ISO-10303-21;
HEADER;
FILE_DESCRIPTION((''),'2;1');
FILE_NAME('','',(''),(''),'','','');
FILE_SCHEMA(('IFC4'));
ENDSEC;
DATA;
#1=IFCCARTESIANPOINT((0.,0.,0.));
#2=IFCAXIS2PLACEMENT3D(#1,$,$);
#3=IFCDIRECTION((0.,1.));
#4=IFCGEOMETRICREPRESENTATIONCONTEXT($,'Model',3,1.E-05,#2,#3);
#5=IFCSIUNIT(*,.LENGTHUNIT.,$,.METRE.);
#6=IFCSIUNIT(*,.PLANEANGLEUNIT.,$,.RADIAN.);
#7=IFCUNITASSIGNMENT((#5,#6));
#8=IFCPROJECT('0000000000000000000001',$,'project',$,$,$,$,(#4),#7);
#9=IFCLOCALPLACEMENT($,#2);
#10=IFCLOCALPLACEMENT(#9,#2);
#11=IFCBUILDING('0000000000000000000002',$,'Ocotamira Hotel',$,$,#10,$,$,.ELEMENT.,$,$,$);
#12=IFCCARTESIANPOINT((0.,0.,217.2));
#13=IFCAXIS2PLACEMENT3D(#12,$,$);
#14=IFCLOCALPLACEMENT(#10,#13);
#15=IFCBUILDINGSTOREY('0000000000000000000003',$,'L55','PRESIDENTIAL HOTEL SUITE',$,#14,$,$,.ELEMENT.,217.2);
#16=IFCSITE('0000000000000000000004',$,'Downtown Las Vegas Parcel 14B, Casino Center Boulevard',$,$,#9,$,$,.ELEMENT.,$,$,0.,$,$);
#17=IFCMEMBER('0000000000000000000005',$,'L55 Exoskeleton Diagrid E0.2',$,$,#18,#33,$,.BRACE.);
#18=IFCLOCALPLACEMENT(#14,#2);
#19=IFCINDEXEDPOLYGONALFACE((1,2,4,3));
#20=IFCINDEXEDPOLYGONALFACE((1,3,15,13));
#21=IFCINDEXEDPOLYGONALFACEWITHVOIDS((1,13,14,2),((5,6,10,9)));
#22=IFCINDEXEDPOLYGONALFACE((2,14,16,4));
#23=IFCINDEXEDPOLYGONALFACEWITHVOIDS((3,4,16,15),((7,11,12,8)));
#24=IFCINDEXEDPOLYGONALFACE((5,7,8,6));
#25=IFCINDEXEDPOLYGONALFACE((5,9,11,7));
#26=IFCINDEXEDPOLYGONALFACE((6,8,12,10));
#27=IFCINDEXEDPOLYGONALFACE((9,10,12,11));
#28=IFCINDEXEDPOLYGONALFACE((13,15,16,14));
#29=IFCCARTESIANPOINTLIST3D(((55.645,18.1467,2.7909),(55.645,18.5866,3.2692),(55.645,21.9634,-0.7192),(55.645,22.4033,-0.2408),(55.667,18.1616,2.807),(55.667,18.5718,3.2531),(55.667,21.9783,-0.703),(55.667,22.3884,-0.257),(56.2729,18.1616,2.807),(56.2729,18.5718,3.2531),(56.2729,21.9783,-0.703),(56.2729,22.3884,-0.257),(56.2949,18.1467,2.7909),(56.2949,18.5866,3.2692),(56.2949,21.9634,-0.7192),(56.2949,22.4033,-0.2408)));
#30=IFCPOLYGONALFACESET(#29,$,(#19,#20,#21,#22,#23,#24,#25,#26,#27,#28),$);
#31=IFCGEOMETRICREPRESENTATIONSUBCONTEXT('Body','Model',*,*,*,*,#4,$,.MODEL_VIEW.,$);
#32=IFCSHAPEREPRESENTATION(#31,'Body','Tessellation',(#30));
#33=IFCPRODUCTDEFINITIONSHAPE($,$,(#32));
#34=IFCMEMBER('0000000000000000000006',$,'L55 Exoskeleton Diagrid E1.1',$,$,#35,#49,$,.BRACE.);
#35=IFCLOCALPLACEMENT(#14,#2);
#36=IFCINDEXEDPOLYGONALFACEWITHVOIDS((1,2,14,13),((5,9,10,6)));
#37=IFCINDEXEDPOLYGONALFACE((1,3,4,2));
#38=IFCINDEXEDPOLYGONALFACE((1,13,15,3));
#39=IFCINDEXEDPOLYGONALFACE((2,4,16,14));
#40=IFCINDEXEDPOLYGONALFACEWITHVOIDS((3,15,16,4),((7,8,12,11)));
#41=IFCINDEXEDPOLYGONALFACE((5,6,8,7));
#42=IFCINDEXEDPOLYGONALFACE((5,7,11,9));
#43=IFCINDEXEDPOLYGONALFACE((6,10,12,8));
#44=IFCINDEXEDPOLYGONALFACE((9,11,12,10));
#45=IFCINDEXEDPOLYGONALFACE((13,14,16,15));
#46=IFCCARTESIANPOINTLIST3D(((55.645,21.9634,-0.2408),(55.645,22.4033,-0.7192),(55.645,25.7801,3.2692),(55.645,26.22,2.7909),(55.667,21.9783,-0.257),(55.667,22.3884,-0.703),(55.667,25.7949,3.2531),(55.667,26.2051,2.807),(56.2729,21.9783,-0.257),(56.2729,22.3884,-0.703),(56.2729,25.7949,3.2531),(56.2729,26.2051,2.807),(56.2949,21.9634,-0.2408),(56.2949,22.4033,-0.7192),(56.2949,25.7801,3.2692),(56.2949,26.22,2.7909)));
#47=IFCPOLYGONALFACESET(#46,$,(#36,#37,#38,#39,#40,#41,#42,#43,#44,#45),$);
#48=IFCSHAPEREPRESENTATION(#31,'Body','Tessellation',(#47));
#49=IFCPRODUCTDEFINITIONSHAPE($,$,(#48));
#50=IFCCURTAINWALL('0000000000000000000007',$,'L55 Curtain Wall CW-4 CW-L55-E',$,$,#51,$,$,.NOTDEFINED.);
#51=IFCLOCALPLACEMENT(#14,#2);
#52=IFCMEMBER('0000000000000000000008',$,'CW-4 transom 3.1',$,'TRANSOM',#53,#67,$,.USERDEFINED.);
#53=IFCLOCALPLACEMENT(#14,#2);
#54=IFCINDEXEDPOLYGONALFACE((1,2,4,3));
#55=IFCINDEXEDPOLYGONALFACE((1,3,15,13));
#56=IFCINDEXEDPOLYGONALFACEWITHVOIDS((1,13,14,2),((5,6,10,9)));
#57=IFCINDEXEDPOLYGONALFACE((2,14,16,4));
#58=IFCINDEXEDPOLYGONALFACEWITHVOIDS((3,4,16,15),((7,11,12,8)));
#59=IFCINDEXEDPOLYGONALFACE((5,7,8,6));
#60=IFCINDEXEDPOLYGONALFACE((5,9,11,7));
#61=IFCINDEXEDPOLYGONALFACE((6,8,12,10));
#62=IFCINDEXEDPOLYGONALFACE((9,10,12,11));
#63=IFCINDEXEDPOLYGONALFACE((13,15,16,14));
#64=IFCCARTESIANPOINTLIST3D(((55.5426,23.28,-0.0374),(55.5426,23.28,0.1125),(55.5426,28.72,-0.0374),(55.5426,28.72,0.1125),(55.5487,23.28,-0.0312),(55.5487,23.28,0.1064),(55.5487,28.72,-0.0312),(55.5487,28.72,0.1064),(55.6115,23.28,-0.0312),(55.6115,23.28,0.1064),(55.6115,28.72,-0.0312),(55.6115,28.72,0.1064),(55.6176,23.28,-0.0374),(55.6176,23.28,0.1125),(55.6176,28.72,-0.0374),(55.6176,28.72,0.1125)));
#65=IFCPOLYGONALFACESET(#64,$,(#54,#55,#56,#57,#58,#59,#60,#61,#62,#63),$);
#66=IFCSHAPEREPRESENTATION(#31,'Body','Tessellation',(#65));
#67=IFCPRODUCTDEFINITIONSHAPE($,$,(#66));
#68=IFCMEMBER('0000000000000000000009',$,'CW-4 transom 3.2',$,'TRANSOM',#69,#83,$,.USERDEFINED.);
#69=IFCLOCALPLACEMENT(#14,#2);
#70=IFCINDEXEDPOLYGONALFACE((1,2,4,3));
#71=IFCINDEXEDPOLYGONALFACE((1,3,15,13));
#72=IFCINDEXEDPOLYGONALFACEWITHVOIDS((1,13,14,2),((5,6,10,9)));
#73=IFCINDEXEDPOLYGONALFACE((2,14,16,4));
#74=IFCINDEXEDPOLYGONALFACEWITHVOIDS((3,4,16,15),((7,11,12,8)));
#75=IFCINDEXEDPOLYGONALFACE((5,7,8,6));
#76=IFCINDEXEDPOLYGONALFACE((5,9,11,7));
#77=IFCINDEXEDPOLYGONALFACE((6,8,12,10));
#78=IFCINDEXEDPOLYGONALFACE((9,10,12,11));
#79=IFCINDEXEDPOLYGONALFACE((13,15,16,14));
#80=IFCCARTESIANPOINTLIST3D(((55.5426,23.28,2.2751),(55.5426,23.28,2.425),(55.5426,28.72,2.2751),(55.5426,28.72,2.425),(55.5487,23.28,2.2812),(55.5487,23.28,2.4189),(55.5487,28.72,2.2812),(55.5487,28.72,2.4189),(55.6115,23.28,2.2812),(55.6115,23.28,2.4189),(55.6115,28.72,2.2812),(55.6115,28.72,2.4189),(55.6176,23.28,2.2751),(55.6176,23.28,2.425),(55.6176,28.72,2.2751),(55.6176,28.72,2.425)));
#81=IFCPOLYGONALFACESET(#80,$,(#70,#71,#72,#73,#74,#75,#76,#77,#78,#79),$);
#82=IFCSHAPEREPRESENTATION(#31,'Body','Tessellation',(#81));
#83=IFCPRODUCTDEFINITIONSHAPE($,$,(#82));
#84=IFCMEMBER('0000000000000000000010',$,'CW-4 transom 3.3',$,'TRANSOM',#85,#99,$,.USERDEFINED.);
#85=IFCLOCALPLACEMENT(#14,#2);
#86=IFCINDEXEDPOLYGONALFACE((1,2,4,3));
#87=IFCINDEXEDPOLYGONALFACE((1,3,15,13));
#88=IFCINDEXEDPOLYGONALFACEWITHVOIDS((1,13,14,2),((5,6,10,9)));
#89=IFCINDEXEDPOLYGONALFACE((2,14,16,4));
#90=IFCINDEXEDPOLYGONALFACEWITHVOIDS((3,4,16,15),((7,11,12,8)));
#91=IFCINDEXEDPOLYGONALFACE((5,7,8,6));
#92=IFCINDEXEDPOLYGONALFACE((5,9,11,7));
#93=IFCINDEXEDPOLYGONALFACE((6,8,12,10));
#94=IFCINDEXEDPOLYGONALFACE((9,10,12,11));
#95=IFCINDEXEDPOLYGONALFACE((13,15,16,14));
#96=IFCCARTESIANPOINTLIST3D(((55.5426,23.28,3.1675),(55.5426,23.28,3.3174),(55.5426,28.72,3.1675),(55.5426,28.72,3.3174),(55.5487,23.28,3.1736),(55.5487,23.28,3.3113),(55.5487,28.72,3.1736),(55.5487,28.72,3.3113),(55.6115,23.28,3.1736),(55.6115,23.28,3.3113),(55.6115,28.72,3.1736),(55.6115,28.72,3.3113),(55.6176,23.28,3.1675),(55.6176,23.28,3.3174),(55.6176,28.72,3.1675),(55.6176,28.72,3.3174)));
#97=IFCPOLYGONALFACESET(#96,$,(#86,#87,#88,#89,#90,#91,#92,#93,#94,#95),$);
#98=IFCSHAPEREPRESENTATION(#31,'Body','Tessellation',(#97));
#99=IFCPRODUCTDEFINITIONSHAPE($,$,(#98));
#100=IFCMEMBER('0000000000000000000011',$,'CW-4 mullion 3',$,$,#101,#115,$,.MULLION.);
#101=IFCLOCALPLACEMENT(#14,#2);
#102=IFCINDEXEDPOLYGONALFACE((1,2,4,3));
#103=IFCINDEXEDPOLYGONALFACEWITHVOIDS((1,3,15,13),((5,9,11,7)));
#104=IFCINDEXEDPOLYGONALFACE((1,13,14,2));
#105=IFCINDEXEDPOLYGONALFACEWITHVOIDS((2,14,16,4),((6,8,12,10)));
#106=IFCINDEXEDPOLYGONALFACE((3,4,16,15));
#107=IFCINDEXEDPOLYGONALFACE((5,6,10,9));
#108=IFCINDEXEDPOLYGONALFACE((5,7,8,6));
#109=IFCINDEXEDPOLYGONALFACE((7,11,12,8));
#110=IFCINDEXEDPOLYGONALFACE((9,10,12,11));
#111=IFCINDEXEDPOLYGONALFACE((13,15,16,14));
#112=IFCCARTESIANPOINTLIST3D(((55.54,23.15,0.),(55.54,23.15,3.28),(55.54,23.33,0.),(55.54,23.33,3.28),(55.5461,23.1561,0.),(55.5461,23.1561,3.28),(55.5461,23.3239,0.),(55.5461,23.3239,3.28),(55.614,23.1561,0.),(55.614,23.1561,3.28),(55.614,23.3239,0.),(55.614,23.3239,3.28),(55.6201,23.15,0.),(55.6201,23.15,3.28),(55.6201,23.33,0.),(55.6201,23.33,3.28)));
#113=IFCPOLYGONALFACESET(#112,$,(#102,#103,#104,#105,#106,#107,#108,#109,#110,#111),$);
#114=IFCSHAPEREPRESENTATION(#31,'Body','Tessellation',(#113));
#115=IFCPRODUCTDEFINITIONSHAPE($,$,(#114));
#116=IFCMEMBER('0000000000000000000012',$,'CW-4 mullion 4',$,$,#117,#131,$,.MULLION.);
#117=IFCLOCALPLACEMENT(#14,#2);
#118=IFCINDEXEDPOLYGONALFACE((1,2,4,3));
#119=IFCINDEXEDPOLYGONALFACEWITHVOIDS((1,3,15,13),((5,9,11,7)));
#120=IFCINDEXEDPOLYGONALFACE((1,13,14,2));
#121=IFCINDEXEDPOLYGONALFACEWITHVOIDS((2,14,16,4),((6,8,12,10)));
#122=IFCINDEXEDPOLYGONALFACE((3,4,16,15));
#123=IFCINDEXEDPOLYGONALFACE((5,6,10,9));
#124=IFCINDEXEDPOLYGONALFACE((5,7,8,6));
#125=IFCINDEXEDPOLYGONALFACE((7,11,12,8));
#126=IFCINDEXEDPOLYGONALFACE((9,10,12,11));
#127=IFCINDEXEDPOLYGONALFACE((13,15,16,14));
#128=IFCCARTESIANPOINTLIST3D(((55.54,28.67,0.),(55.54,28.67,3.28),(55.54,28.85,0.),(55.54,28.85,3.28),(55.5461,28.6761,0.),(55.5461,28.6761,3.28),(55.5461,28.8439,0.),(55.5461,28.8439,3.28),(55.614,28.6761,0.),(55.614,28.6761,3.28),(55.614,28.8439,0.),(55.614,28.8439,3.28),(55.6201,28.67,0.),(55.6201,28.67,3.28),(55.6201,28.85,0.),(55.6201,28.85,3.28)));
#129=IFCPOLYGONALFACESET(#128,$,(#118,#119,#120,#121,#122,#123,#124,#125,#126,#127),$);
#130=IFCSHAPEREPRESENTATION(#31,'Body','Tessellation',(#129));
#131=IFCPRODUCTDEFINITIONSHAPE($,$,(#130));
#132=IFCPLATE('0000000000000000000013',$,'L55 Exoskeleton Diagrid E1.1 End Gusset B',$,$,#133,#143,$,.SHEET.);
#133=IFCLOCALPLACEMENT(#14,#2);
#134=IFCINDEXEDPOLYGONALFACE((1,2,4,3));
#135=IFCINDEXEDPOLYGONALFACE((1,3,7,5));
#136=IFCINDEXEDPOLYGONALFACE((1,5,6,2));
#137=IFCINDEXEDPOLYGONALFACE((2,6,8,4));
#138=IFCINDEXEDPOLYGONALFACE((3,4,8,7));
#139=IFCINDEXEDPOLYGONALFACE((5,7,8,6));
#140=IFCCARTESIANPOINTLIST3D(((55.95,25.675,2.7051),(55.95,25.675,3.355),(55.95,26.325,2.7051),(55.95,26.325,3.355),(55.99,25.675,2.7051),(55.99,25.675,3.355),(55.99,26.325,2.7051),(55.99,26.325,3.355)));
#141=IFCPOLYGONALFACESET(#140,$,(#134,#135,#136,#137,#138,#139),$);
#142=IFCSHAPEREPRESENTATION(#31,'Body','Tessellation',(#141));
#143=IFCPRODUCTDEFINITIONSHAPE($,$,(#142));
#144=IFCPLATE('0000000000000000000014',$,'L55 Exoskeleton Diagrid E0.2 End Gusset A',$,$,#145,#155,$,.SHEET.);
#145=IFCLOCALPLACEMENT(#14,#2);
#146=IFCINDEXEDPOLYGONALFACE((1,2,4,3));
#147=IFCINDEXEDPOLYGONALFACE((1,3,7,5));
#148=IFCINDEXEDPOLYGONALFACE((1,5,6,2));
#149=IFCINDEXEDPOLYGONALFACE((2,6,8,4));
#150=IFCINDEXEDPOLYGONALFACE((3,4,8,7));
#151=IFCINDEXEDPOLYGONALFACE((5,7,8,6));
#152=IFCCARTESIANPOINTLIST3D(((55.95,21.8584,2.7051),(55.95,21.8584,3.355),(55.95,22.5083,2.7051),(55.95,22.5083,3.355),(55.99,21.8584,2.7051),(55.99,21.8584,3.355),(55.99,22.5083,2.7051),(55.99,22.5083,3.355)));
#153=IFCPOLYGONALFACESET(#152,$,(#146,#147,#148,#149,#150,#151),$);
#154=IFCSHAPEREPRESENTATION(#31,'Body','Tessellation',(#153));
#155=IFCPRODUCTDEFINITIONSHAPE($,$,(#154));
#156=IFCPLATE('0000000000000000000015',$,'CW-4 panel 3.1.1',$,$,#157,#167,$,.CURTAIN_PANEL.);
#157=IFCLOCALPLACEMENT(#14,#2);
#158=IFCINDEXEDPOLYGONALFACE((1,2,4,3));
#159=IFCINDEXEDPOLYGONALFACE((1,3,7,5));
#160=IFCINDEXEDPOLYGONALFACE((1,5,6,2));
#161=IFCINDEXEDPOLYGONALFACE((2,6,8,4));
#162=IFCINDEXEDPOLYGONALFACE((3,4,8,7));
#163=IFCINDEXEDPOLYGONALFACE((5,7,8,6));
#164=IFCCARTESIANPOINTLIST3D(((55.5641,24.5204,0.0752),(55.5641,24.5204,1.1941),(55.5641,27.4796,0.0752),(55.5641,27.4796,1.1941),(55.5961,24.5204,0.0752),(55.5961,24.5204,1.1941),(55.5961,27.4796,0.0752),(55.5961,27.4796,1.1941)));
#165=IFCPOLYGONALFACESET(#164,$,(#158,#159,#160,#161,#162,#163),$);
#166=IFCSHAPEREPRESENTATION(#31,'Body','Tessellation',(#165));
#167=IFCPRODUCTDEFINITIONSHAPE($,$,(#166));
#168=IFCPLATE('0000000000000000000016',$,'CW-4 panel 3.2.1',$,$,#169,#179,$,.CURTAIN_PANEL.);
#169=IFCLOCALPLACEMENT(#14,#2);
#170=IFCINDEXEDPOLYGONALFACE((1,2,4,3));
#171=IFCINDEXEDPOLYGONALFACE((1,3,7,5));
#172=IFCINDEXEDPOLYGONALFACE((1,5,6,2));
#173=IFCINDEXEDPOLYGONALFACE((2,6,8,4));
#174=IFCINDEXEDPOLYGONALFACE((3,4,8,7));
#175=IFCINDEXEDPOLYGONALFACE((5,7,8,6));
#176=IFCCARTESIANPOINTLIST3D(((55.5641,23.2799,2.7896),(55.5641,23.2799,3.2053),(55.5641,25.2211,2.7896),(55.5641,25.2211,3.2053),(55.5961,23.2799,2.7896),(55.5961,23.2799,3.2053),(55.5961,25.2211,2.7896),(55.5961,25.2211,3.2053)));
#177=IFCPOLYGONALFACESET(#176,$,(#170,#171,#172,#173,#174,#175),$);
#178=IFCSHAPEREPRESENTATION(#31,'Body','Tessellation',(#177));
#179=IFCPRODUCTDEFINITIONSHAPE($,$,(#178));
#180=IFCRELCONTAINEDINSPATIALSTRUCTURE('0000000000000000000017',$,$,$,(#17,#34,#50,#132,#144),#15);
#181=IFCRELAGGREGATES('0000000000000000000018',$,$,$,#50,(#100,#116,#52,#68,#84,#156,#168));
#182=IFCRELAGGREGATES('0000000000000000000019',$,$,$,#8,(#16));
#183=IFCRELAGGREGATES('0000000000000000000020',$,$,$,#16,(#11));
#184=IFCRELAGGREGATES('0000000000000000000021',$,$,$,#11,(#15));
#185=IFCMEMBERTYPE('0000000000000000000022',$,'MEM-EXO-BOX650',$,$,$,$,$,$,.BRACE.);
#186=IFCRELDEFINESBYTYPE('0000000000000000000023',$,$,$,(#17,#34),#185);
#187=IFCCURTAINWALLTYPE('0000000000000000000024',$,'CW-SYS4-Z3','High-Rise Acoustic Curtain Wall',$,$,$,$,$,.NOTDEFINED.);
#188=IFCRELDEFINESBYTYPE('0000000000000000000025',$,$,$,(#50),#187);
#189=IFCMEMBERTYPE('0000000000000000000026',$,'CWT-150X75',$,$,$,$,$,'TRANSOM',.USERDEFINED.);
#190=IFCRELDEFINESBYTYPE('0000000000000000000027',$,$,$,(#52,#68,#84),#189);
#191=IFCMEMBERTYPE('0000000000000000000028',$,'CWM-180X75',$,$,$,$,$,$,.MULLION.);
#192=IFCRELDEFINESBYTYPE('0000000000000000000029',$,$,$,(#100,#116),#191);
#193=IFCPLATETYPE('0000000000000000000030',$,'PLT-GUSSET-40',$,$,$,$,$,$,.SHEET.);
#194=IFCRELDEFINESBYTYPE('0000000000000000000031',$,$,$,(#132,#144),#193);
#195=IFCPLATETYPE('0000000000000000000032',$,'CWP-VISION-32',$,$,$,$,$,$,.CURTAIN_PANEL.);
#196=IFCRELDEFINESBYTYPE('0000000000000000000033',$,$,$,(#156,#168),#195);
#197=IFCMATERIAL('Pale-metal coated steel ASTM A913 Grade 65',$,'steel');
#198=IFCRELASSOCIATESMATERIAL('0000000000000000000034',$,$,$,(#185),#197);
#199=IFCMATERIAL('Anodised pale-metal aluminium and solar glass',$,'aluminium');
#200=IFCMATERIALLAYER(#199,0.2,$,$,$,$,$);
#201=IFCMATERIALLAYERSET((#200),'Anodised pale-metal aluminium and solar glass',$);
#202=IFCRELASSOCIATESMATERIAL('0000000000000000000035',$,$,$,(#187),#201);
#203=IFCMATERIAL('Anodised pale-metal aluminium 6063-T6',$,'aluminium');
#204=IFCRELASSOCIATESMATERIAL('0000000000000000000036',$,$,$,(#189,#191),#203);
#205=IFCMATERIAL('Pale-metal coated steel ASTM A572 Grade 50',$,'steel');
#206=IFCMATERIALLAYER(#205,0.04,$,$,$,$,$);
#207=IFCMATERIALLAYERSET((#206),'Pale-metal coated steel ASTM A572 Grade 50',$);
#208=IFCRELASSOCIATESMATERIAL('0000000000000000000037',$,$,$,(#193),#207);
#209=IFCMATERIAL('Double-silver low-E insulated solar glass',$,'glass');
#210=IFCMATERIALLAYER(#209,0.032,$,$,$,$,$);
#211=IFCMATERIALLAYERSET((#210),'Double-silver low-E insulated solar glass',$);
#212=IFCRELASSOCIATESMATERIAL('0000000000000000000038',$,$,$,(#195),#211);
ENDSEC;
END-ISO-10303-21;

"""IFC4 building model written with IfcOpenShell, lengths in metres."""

from ifc_helpers import new_model, si_unit, direction, frame, origin, origin_2d, place, context, subcontext, project, spatial, rectangle, hollow_rectangle, extrude, source, transform, mapped, material, layer, layer_set, material_profile, profile_set, type_object, element, aggregate, save


model = new_model("IFC4")

# Units and contexts
model_context = context("Model", 3, precision=1e-05, world=origin(), true_north=direction((0.0, 1.0)))
body_context = subcontext(model_context, "Body", "Model", "MODEL_VIEW")
ifc_project = project(units=[si_unit("LENGTHUNIT", "METRE"), si_unit("PLANEANGLEUNIT", "RADIAN")], contexts=[model_context])

# Site, building, storey
site_placement = place(None, origin())
site = spatial("IfcSite", under=ifc_project, at=site_placement, Name="Downtown Las Vegas Parcel 14B, Casino Center Boulevard", CompositionType="ELEMENT", RefElevation=0.0)
building_placement = place(site_placement, origin())
building = spatial("IfcBuilding", under=site, at=building_placement, Name="Ocotamira Hotel", CompositionType="ELEMENT")
storey_placement = place(building_placement, frame((0.0, 0.0, 217.2)))
storey = spatial("IfcBuildingStorey", under=building, at=storey_placement, Name="L55", Description="PRESIDENTIAL HOTEL SUITE", CompositionType="ELEMENT", Elevation=217.2)

# Members
ifc_material_1 = material(Name="Pale-metal coated steel ASTM A913 Grade 65", Category="steel")
ifc_material_profile_1 = material_profile(ifc_material_1, hollow_rectangle(XDim=0.6499, YDim=0.6499, WallThickness=0.022, at=origin_2d()), Name="BOX650X650X22")
ifc_profile_set_1 = profile_set([ifc_material_profile_1], Name="Pale-metal coated steel ASTM A913 Grade 65")
member_type_1 = type_object("IfcMemberType", Name="MEM-EXO-BOX650", PredefinedType="BRACE", material=ifc_profile_set_1)
shared_shape_1 = source(origin(), body_context, "Body", "SweptSolid", [
    extrude(hollow_rectangle(XDim=0.6499, YDim=0.6499, WallThickness=0.022, at=origin_2d()), origin(), (0.0, 0.0, 1.0), 5.1853),
])
for number, where, z_axis, x_axis, name in (
    (1, (55.97, 22.1833, -0.48), (0.0, -0.736057, 0.67692), (1.0, 0.0, 0.0), "L55 Exoskeleton Diagrid E0.2"),
    (2, (55.97, 22.1833, -0.48), (0.0, 0.736057, 0.67692), (-1.0, 0.0, 0.0), "L55 Exoskeleton Diagrid E1.1"),
):
    element("IfcMember", number, at=place(storey_placement, frame(where, z_axis=z_axis, x_axis=x_axis)), inside=storey, type_object=member_type_1, Name=name, PredefinedType="BRACE", context=body_context, shape_type="MappedRepresentation", body=[
        mapped(shared_shape_1, transform((0.0, 0.0, 0.0), scale=1.0)),
    ])

# Curtain wall, members
ifc_material_2 = material(Name="Anodised pale-metal aluminium and solar glass", Category="aluminium")
ifc_layer_1 = layer(ifc_material_2, 0.2)
ifc_layer_set_1 = layer_set([ifc_layer_1], Name="Anodised pale-metal aluminium and solar glass")
curtain_wall_type = type_object("IfcCurtainWallType", Name="CW-SYS4-Z3", Description="High-Rise Acoustic Curtain Wall", PredefinedType="NOTDEFINED", material=ifc_layer_set_1)
curtain_wall_placement = place(storey_placement, origin())
curtain_wall = element("IfcCurtainWall", 3, at=curtain_wall_placement, inside=storey, type_object=curtain_wall_type, Name="L55 Curtain Wall CW-4 CW-L55-E", PredefinedType="NOTDEFINED")
ifc_material_3 = material(Name="Anodised pale-metal aluminium 6063-T6", Category="aluminium")
ifc_material_profile_2 = material_profile(ifc_material_3, hollow_rectangle(XDim=0.075, YDim=0.1499, WallThickness=0.0061, at=origin_2d()), Name="HSS150X75X6")
ifc_profile_set_2 = profile_set([ifc_material_profile_2], Name="Anodised pale-metal aluminium 6063-T6")
member_type_2 = type_object("IfcMemberType", Name="CWT-150X75", ElementType="TRANSOM", PredefinedType="USERDEFINED", material=ifc_profile_set_2)
shared_shape_2 = source(origin(), body_context, "Body", "SweptSolid", [
    extrude(hollow_rectangle(XDim=0.075, YDim=0.1499, WallThickness=0.0061, at=origin_2d()), origin(), (0.0, 0.0, 1.0), 5.4399),
])
member_1_placement = place(storey_placement, frame((55.5801, 23.28, 0.0376), z_axis=(0.0, 1.0, 0.0), x_axis=(-1.0, 0.0, 0.0)))
member_1 = element("IfcMember", 4, at=member_1_placement, type_object=member_type_2, Name="CW-4 transom 3.1", ObjectType="TRANSOM", PredefinedType="USERDEFINED", context=body_context, shape_type="MappedRepresentation", body=[
    mapped(shared_shape_2, transform((0.0, 0.0, 0.0), scale=1.0)),
])
member_2_placement = place(storey_placement, frame((55.5801, 23.28, 2.3501), z_axis=(0.0, 1.0, 0.0), x_axis=(-1.0, 0.0, 0.0)))
member_2 = element("IfcMember", 5, at=member_2_placement, type_object=member_type_2, Name="CW-4 transom 3.2", ObjectType="TRANSOM", PredefinedType="USERDEFINED", context=body_context, shape_type="MappedRepresentation", body=[
    mapped(shared_shape_2, transform((0.0, 0.0, 0.0), scale=1.0)),
])
member_3_placement = place(storey_placement, frame((55.5801, 23.28, 3.2424), z_axis=(0.0, 1.0, 0.0), x_axis=(-1.0, 0.0, 0.0)))
member_3 = element("IfcMember", 6, at=member_3_placement, type_object=member_type_2, Name="CW-4 transom 3.3", ObjectType="TRANSOM", PredefinedType="USERDEFINED", context=body_context, shape_type="MappedRepresentation", body=[
    mapped(shared_shape_2, transform((0.0, 0.0, 0.0), scale=1.0)),
])
ifc_material_profile_3 = material_profile(ifc_material_3, hollow_rectangle(XDim=0.0801, YDim=0.1799, WallThickness=0.0061, at=origin_2d()), Name="HSS180X80X6")
ifc_profile_set_3 = profile_set([ifc_material_profile_3], Name="Anodised pale-metal aluminium 6063-T6")
member_type_3 = type_object("IfcMemberType", Name="CWM-180X75", PredefinedType="MULLION", material=ifc_profile_set_3)
shared_shape_3 = source(origin(), body_context, "Body", "SweptSolid", [
    extrude(hollow_rectangle(XDim=0.0801, YDim=0.1799, WallThickness=0.0061, at=origin_2d()), origin(), (0.0, 0.0, 1.0), 3.28),
])
member_4_placement = place(storey_placement, frame((55.5801, 23.24, 0.0), z_axis=(0.0, 0.0, 1.0), x_axis=(-1.0, 0.0, 0.0)))
member_4 = element("IfcMember", 7, at=member_4_placement, type_object=member_type_3, Name="CW-4 mullion 3", PredefinedType="MULLION", context=body_context, shape_type="MappedRepresentation", body=[
    mapped(shared_shape_3, transform((0.0, 0.0, 0.0), scale=1.0)),
])
member_5_placement = place(storey_placement, frame((55.5801, 28.76, 0.0), z_axis=(0.0, 0.0, 1.0), x_axis=(-1.0, 0.0, 0.0)))
member_5 = element("IfcMember", 8, at=member_5_placement, type_object=member_type_3, Name="CW-4 mullion 4", PredefinedType="MULLION", context=body_context, shape_type="MappedRepresentation", body=[
    mapped(shared_shape_3, transform((0.0, 0.0, 0.0), scale=1.0)),
])

# Plates
ifc_material_4 = material(Name="Pale-metal coated steel ASTM A572 Grade 50", Category="steel")
ifc_layer_2 = layer(ifc_material_4, 0.04)
ifc_layer_set_2 = layer_set([ifc_layer_2], Name="Pale-metal coated steel ASTM A572 Grade 50")
plate_type_1 = type_object("IfcPlateType", Name="PLT-GUSSET-40", PredefinedType="SHEET", material=ifc_layer_set_2)
shared_shape_4 = source(origin(), body_context, "Body", "SweptSolid", [
    extrude(rectangle(XDim=0.04, YDim=0.6499, at=origin_2d()), origin(), (0.0, 0.0, 1.0), 0.6499),
])
for number, where, z_axis, x_axis, name in (
    (9, (55.97, 26.0, 2.7051), (0.0, 0.0, 1.0), (1.0, 0.0, 0.0), "L55 Exoskeleton Diagrid E1.1 End Gusset B"),
    (10, (55.97, 22.1833, 2.7051), (0.0, 0.0, 1.0), (1.0, 0.0, 0.0), "L55 Exoskeleton Diagrid E0.2 End Gusset A"),
):
    element("IfcPlate", number, at=place(storey_placement, frame(where, z_axis=z_axis, x_axis=x_axis)), inside=storey, type_object=plate_type_1, Name=name, PredefinedType="SHEET", context=body_context, shape_type="MappedRepresentation", body=[
        mapped(shared_shape_4, transform((0.0, 0.0, 0.0), scale=1.0)),
    ])

# Plates
ifc_material_5 = material(Name="Double-silver low-E insulated solar glass", Category="glass")
ifc_layer_3 = layer(ifc_material_5, 0.032)
ifc_layer_set_3 = layer_set([ifc_layer_3], Name="Double-silver low-E insulated solar glass")
plate_type_2 = type_object("IfcPlateType", Name="CWP-VISION-32", PredefinedType="CURTAIN_PANEL", material=ifc_layer_set_3)
shared_shape_5 = source(origin(), body_context, "Body", "SweptSolid", [
    extrude(rectangle(XDim=2.9592, YDim=0.032, at=origin_2d()), origin(), (0.0, 0.0, 1.0), 1.1189),
])
plate_1_placement = place(storey_placement, frame((55.5801, 26.0, 0.0752), z_axis=(0.0, 0.0, 1.0), x_axis=(0.0, 1.0, 0.0)))
plate_1 = element("IfcPlate", 11, at=plate_1_placement, type_object=plate_type_2, Name="CW-4 panel 3.1.1", PredefinedType="CURTAIN_PANEL", context=body_context, shape_type="MappedRepresentation", body=[
    mapped(shared_shape_5, transform((0.0, 0.0, 0.0), scale=1.0)),
])
shared_shape_6 = source(origin(), body_context, "Body", "SweptSolid", [
    extrude(rectangle(XDim=1.9412, YDim=0.032, at=origin_2d()), origin(), (0.0, 0.0, 1.0), 0.4158),
])
plate_2_placement = place(storey_placement, frame((55.5801, 24.2505, 2.7896), z_axis=(0.0, 0.0, 1.0), x_axis=(0.0, 1.0, 0.0)))
plate_2 = element("IfcPlate", 12, at=plate_2_placement, type_object=plate_type_2, Name="CW-4 panel 3.2.1", PredefinedType="CURTAIN_PANEL", context=body_context, shape_type="MappedRepresentation", body=[
    mapped(shared_shape_6, transform((0.0, 0.0, 0.0), scale=1.0)),
])
aggregate(curtain_wall, [member_4, member_5, member_1, member_2, member_3, plate_1, plate_2])

save(model, "model.ifc")
